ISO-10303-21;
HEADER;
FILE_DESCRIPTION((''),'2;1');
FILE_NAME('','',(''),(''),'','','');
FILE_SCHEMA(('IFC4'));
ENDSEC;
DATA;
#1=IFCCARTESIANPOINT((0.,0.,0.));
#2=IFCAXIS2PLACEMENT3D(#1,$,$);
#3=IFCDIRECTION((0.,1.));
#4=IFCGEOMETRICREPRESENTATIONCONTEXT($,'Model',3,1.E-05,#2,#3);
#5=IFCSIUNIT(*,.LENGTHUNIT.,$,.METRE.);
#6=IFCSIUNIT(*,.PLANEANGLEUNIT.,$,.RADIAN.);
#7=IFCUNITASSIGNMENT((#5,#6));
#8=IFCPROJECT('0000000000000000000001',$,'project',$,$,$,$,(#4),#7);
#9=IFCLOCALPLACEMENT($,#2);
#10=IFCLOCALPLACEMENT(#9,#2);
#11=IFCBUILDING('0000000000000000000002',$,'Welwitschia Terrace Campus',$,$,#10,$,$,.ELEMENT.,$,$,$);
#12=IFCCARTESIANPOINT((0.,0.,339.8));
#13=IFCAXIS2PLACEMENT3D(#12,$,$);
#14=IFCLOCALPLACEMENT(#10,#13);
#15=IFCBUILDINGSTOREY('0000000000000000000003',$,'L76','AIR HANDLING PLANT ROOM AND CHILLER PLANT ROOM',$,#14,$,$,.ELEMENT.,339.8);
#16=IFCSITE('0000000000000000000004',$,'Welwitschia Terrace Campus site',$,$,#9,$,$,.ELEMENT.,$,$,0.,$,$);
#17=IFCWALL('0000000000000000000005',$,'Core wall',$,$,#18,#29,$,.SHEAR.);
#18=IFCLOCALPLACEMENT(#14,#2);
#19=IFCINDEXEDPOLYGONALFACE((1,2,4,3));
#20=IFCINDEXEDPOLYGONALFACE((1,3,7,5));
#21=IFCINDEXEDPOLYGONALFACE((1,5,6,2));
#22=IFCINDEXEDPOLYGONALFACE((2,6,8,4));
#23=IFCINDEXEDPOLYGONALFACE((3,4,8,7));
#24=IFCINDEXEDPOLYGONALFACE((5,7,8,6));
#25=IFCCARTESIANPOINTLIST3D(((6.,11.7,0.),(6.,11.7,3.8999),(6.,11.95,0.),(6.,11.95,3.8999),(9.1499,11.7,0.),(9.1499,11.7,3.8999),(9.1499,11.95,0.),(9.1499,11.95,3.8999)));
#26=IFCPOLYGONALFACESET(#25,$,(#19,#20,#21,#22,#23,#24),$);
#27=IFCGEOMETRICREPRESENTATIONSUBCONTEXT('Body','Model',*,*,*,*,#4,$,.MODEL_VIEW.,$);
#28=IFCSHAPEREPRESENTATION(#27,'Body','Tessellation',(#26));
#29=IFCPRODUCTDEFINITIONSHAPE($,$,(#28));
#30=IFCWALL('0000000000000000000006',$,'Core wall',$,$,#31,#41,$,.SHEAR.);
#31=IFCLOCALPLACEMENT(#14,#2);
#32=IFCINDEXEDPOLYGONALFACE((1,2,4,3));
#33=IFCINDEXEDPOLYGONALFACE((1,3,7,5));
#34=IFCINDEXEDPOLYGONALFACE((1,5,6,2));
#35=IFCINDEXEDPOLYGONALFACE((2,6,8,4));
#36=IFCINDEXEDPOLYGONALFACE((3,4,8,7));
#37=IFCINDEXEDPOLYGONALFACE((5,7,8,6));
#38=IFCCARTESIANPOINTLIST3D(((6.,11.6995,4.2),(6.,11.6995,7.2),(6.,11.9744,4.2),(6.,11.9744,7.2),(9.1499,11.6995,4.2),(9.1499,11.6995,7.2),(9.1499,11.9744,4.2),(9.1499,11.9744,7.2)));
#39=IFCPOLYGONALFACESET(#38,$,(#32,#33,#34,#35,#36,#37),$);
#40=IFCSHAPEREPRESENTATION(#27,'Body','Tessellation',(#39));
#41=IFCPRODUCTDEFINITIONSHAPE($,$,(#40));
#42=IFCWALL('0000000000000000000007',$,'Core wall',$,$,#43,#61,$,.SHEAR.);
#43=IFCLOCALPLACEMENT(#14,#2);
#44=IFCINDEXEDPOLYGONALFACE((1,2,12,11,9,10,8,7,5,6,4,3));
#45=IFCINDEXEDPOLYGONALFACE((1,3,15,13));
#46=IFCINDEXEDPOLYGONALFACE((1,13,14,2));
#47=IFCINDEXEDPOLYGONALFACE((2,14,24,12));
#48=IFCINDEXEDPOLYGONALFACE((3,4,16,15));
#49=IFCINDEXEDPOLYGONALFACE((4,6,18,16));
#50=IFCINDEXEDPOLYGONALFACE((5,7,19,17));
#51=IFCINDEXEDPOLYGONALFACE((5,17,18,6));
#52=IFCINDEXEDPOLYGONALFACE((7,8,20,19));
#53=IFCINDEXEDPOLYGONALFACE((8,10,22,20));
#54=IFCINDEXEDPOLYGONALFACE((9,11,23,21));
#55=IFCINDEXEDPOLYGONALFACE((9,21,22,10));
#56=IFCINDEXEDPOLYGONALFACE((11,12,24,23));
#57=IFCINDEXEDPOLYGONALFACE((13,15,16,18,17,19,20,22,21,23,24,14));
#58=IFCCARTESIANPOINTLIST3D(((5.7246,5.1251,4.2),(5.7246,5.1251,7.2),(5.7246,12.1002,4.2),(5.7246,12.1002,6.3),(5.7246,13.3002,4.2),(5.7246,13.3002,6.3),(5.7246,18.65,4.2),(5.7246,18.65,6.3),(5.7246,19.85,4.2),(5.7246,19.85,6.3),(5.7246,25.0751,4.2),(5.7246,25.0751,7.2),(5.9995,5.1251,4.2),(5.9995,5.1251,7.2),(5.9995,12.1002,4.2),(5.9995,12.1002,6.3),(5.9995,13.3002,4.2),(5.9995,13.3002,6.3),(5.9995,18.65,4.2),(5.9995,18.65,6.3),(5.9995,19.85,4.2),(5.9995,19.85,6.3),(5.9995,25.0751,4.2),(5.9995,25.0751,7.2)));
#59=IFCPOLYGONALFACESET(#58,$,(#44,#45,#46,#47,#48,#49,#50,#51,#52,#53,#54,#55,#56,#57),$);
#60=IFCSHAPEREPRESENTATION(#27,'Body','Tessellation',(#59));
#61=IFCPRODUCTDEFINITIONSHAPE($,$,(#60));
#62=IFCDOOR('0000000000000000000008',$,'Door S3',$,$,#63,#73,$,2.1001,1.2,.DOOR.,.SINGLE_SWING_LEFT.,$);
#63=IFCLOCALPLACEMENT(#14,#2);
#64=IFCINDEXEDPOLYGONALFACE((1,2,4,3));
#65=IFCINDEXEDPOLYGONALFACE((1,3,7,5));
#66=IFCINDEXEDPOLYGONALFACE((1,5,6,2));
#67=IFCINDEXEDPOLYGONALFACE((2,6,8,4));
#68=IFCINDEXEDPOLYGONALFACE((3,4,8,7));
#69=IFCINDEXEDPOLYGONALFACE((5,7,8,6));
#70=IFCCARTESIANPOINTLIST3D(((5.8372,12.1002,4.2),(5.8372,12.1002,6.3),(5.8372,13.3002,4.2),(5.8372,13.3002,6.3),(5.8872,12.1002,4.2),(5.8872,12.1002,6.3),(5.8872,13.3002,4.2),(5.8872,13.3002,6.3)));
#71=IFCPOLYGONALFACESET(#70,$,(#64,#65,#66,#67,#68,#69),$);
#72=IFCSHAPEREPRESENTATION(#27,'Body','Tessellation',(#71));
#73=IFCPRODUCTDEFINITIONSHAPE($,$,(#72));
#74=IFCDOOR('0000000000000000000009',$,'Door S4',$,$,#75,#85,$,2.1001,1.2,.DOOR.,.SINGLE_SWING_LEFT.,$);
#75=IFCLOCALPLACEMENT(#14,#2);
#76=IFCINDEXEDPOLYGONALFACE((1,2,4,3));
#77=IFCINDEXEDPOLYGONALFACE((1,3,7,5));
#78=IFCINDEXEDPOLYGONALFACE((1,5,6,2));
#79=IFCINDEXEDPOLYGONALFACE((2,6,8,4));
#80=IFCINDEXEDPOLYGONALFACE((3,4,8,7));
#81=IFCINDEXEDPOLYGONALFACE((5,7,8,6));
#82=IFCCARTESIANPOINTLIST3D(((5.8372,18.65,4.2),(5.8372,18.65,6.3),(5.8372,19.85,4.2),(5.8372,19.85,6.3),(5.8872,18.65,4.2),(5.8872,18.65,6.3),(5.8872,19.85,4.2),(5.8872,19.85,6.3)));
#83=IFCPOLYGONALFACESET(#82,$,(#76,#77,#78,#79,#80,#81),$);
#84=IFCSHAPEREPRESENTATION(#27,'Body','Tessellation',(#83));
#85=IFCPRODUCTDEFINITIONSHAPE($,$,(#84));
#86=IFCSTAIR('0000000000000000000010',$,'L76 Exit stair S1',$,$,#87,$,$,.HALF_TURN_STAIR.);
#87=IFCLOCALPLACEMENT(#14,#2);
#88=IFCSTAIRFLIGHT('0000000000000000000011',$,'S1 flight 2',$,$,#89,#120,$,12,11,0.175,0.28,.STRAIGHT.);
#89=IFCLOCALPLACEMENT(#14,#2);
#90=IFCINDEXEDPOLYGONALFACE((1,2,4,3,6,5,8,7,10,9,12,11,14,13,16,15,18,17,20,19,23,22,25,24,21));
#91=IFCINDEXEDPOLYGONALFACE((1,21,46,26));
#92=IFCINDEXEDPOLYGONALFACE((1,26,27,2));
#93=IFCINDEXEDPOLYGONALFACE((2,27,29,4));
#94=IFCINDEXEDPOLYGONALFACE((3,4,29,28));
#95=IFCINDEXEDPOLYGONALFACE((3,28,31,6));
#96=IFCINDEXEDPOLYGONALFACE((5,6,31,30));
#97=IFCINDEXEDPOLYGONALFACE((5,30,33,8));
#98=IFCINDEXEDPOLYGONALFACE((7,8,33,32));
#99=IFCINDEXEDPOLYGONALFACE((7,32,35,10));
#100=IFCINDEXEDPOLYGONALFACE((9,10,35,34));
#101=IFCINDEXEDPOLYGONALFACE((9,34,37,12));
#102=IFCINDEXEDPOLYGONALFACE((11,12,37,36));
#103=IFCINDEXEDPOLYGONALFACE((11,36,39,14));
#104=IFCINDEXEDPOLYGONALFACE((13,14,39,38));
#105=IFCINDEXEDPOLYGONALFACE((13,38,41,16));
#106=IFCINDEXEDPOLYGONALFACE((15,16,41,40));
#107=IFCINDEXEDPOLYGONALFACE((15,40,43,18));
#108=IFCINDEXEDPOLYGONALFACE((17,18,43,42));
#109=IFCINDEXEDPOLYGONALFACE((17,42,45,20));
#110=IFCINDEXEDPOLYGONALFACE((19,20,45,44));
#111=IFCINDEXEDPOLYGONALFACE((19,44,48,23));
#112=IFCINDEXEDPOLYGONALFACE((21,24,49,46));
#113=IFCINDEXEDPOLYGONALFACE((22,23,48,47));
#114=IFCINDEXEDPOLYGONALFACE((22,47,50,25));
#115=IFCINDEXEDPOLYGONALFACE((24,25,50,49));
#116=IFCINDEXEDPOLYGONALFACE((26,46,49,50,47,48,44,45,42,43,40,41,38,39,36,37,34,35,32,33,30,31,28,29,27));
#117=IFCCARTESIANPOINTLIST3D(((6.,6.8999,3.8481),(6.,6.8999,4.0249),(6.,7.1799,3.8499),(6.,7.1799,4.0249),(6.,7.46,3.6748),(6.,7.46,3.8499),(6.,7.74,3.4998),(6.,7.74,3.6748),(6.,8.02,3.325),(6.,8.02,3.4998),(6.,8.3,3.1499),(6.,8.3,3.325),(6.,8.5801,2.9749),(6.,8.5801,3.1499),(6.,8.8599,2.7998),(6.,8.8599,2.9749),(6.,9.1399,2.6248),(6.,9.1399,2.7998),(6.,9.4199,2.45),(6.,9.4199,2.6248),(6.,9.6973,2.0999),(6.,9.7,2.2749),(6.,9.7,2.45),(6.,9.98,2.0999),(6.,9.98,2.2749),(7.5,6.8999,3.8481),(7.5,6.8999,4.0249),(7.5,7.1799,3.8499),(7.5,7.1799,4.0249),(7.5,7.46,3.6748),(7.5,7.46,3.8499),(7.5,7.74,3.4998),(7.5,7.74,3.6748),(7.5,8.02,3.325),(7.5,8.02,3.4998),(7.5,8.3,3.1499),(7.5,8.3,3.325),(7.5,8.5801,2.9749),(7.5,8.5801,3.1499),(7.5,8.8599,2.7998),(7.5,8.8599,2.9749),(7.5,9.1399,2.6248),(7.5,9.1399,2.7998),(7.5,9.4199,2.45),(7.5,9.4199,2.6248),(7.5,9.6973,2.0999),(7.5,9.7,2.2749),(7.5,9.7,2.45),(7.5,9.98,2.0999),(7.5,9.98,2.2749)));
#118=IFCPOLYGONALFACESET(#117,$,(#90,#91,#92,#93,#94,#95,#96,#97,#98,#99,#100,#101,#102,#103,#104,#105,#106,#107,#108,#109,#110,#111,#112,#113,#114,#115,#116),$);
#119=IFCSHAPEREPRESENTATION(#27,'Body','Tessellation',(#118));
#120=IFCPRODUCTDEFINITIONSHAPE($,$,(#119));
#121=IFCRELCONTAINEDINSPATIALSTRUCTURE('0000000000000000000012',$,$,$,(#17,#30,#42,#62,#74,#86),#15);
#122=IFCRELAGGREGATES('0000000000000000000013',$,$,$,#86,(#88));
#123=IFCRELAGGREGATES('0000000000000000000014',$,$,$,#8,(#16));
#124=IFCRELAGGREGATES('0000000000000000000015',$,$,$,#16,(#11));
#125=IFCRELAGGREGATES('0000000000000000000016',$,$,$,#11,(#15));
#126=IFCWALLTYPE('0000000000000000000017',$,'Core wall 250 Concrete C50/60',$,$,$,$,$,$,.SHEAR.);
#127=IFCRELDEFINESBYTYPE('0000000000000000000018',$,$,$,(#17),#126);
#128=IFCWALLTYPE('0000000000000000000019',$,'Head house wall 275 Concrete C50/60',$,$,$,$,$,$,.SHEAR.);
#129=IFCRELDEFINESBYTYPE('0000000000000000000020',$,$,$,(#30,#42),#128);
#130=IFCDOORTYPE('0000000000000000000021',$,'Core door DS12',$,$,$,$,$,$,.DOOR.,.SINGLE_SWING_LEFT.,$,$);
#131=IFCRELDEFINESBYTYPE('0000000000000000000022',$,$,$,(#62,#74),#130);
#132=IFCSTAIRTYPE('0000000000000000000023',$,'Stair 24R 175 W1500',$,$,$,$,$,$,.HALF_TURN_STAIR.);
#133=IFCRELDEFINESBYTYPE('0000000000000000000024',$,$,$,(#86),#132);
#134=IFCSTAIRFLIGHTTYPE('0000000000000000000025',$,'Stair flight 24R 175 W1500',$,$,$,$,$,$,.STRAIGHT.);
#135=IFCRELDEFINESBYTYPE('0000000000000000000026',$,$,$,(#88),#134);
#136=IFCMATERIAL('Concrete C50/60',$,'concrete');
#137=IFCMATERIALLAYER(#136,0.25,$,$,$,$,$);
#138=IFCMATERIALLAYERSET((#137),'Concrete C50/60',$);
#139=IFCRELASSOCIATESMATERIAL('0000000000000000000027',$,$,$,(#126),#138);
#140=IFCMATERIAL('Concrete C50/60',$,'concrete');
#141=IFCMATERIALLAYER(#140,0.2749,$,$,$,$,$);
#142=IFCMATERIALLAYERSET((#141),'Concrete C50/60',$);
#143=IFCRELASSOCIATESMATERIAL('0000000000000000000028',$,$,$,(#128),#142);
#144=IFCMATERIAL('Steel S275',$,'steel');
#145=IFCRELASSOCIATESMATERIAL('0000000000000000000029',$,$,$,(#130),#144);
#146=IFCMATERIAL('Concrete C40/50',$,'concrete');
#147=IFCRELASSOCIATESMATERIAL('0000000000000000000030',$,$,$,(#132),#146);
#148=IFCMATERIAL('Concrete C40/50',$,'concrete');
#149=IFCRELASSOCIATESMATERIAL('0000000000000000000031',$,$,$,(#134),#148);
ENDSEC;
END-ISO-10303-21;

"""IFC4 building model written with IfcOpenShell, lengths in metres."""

from ifc_helpers import new_model, si_unit, direction, frame, frame_2d, origin, place, context, subcontext, project, spatial, polyline, rectangle, outline, extrude, material, layer, layer_set, type_object, element, fill, aggregate, save


model = new_model("IFC4")

# Units and contexts
model_context = context("Model", 3, precision=1e-05, world=origin(), true_north=direction((0.0, 1.0)))
body_context = subcontext(model_context, "Body", "Model", "MODEL_VIEW")
ifc_project = project(units=[si_unit("LENGTHUNIT", "METRE"), si_unit("PLANEANGLEUNIT", "RADIAN")], contexts=[model_context])

# Site, building, storey
site_placement = place(None, origin())
site = spatial("IfcSite", under=ifc_project, at=site_placement, Name="Welwitschia Terrace Campus site", CompositionType="ELEMENT", RefElevation=0.0)
building_placement = place(site_placement, origin())
building = spatial("IfcBuilding", under=site, at=building_placement, Name="Welwitschia Terrace Campus", CompositionType="ELEMENT")
storey_placement = place(building_placement, frame((0.0, 0.0, 339.8)))
storey = spatial("IfcBuildingStorey", under=building, at=storey_placement, Name="L76", Description="AIR HANDLING PLANT ROOM AND CHILLER PLANT ROOM", CompositionType="ELEMENT", Elevation=339.8)

# Walls
ifc_material_1 = material(Name="Concrete C50/60", Category="concrete")
ifc_layer_1 = layer(ifc_material_1, 0.25)
ifc_layer_set_1 = layer_set([ifc_layer_1], Name="Concrete C50/60")
wall_type_1 = type_object("IfcWallType", Name="Core wall 250 Concrete C50/60", PredefinedType="SHEAR", material=ifc_layer_set_1)
wall_1_placement = place(storey_placement, frame((6.0, 11.825, 0.0), z_axis=(0.0, 0.0, 1.0), x_axis=(1.0, 0.0, 0.0)))
element("IfcWall", 1, at=wall_1_placement, inside=storey, type_object=wall_type_1, Name="Core wall", PredefinedType="SHEAR", context=body_context, shape_type="SweptSolid", body=[
    extrude(rectangle(XDim=3.1499, YDim=0.25, at=frame_2d((1.575, 0.0))), origin(), (0.0, 0.0, 1.0), 3.8999),
])
ifc_material_2 = material(Name="Concrete C50/60", Category="concrete")
ifc_layer_2 = layer(ifc_material_2, 0.2749)
ifc_layer_set_2 = layer_set([ifc_layer_2], Name="Concrete C50/60")
wall_type_2 = type_object("IfcWallType", Name="Head house wall 275 Concrete C50/60", PredefinedType="SHEAR", material=ifc_layer_set_2)
wall_2_placement = place(storey_placement, frame((6.0, 11.8369, 4.2), z_axis=(0.0, 0.0, 1.0), x_axis=(1.0, 0.0, 0.0)))
element("IfcWall", 2, at=wall_2_placement, inside=storey, type_object=wall_type_2, Name="Core wall", PredefinedType="SHEAR", context=body_context, shape_type="SweptSolid", body=[
    extrude(rectangle(XDim=3.1499, YDim=0.2749, at=frame_2d((1.575, 0.0))), origin(), (0.0, 0.0, 1.0), 3.0),
])

# Wall, openings, doors
wall_3_placement = place(storey_placement, frame((5.8621, 5.125, 4.2), z_axis=(0.0, 0.0, 1.0), x_axis=(0.0, 1.0, 0.0)))
wall_3 = element("IfcWall", 3, at=wall_3_placement, inside=storey, type_object=wall_type_2, Name="Core wall", PredefinedType="SHEAR", context=body_context, shape_type="SweptSolid", body=[
    extrude(rectangle(XDim=19.95, YDim=0.2749, at=frame_2d((9.9751, 0.0))), origin(), (0.0, 0.0, 1.0), 3.0),
])
opening_1_placement = place(wall_3_placement, frame((6.9751, 0.0, 0.0)))
opening_1 = element("IfcOpeningElement", 4, at=opening_1_placement, cuts=wall_3, PredefinedType="OPENING", context=body_context, shape_type="SweptSolid", body=[
    extrude(rectangle(XDim=1.2, YDim=2.1001, at=frame_2d((0.6001, 1.05))), frame((0.0, 0.1475, 0.0), z_axis=(0.0, -1.0, 0.0), x_axis=(1.0, 0.0, 0.0)), (0.0, 0.0, 1.0), 0.2949),
])
opening_2_placement = place(wall_3_placement, frame((13.5249, 0.0, 0.0)))
opening_2 = element("IfcOpeningElement", 5, at=opening_2_placement, cuts=wall_3, PredefinedType="OPENING", context=body_context, shape_type="SweptSolid", body=[
    extrude(rectangle(XDim=1.2, YDim=2.1001, at=frame_2d((0.6001, 1.05))), frame((0.0, 0.1475, 0.0), z_axis=(0.0, -1.0, 0.0), x_axis=(1.0, 0.0, 0.0)), (0.0, 0.0, 1.0), 0.2949),
])
ifc_material_3 = material(Name="Steel S275", Category="steel")
door_type = type_object("IfcDoorType", Name="Core door DS12", OperationType="SINGLE_SWING_LEFT", PredefinedType="DOOR", material=ifc_material_3)
door_1_placement = place(opening_1_placement, origin())
door_1 = element("IfcDoor", 6, at=door_1_placement, inside=storey, type_object=door_type, Name="Door S3", OperationType="SINGLE_SWING_LEFT", OverallHeight=2.1001, OverallWidth=1.2, PredefinedType="DOOR", context=body_context, shape_type="SweptSolid", body=[
    extrude(rectangle(XDim=1.2, YDim=2.1001, at=frame_2d((0.6001, 1.05))), frame((0.0, 0.0249, 0.0), z_axis=(0.0, -1.0, 0.0), x_axis=(1.0, 0.0, 0.0)), (0.0, 0.0, 1.0), 0.05),
])
fill(opening_1, door_1)
door_2_placement = place(opening_2_placement, origin())
door_2 = element("IfcDoor", 7, at=door_2_placement, inside=storey, type_object=door_type, Name="Door S4", OperationType="SINGLE_SWING_LEFT", OverallHeight=2.1001, OverallWidth=1.2, PredefinedType="DOOR", context=body_context, shape_type="SweptSolid", body=[
    extrude(rectangle(XDim=1.2, YDim=2.1001, at=frame_2d((0.6001, 1.05))), frame((0.0, 0.0249, 0.0), z_axis=(0.0, -1.0, 0.0), x_axis=(1.0, 0.0, 0.0)), (0.0, 0.0, 1.0), 0.05),
])
fill(opening_2, door_2)

# Stair, stair flight
ifc_material_4 = material(Name="Concrete C40/50", Category="concrete")
stair_type = type_object("IfcStairType", Name="Stair 24R 175 W1500", PredefinedType="HALF_TURN_STAIR", material=ifc_material_4)
stair_placement = place(storey_placement, origin())
stair = element("IfcStair", 8, at=stair_placement, inside=storey, type_object=stair_type, Name="L76 Exit stair S1", PredefinedType="HALF_TURN_STAIR")
ifc_material_5 = material(Name="Concrete C40/50", Category="concrete")
stair_flight_type = type_object("IfcStairFlightType", Name="Stair flight 24R 175 W1500", PredefinedType="STRAIGHT", material=ifc_material_5)
stair_flight_placement = place(storey_placement, frame((6.75, 9.98, 2.0999), z_axis=(0.0, 0.0, 1.0), x_axis=(0.0, -1.0, 0.0)))
stair_flight = element("IfcStairFlight", 9, at=stair_flight_placement, type_object=stair_flight_type, Name="S1 flight 2", NumberOfRisers=12, NumberOfTreads=11, PredefinedType="STRAIGHT", RiserHeight=0.175, TreadLength=0.28, context=body_context, shape_type="SweptSolid", body=[
    extrude(outline(polyline([(0.0, 0.0), (0.0, 0.175), (0.28, 0.175), (0.28, 0.3501), (0.5601, 0.3501), (0.5601, 0.5249), (0.8401, 0.5249), (0.8401, 0.7), (1.1201, 0.7), (1.1201, 0.875), (1.3999, 0.875), (1.3999, 1.05), (1.6799, 1.05), (1.6799, 1.2251), (1.96, 1.2251), (1.96, 1.3999), (2.24, 1.3999), (2.24, 1.575), (2.52, 1.575), (2.52, 1.75), (2.8, 1.75), (2.8, 1.925), (3.0801, 1.925), (3.0801, 2.1001), (3.0801, 1.7483), (0.2827, 0.0), (0.0, 0.0)])), frame((0.0, 0.75, 0.0), z_axis=(0.0, -1.0, 0.0), x_axis=(1.0, 0.0, 0.0)), (0.0, 0.0, 1.0), 1.5),
])
aggregate(stair, [stair_flight])

save(model, "model.ifc")
